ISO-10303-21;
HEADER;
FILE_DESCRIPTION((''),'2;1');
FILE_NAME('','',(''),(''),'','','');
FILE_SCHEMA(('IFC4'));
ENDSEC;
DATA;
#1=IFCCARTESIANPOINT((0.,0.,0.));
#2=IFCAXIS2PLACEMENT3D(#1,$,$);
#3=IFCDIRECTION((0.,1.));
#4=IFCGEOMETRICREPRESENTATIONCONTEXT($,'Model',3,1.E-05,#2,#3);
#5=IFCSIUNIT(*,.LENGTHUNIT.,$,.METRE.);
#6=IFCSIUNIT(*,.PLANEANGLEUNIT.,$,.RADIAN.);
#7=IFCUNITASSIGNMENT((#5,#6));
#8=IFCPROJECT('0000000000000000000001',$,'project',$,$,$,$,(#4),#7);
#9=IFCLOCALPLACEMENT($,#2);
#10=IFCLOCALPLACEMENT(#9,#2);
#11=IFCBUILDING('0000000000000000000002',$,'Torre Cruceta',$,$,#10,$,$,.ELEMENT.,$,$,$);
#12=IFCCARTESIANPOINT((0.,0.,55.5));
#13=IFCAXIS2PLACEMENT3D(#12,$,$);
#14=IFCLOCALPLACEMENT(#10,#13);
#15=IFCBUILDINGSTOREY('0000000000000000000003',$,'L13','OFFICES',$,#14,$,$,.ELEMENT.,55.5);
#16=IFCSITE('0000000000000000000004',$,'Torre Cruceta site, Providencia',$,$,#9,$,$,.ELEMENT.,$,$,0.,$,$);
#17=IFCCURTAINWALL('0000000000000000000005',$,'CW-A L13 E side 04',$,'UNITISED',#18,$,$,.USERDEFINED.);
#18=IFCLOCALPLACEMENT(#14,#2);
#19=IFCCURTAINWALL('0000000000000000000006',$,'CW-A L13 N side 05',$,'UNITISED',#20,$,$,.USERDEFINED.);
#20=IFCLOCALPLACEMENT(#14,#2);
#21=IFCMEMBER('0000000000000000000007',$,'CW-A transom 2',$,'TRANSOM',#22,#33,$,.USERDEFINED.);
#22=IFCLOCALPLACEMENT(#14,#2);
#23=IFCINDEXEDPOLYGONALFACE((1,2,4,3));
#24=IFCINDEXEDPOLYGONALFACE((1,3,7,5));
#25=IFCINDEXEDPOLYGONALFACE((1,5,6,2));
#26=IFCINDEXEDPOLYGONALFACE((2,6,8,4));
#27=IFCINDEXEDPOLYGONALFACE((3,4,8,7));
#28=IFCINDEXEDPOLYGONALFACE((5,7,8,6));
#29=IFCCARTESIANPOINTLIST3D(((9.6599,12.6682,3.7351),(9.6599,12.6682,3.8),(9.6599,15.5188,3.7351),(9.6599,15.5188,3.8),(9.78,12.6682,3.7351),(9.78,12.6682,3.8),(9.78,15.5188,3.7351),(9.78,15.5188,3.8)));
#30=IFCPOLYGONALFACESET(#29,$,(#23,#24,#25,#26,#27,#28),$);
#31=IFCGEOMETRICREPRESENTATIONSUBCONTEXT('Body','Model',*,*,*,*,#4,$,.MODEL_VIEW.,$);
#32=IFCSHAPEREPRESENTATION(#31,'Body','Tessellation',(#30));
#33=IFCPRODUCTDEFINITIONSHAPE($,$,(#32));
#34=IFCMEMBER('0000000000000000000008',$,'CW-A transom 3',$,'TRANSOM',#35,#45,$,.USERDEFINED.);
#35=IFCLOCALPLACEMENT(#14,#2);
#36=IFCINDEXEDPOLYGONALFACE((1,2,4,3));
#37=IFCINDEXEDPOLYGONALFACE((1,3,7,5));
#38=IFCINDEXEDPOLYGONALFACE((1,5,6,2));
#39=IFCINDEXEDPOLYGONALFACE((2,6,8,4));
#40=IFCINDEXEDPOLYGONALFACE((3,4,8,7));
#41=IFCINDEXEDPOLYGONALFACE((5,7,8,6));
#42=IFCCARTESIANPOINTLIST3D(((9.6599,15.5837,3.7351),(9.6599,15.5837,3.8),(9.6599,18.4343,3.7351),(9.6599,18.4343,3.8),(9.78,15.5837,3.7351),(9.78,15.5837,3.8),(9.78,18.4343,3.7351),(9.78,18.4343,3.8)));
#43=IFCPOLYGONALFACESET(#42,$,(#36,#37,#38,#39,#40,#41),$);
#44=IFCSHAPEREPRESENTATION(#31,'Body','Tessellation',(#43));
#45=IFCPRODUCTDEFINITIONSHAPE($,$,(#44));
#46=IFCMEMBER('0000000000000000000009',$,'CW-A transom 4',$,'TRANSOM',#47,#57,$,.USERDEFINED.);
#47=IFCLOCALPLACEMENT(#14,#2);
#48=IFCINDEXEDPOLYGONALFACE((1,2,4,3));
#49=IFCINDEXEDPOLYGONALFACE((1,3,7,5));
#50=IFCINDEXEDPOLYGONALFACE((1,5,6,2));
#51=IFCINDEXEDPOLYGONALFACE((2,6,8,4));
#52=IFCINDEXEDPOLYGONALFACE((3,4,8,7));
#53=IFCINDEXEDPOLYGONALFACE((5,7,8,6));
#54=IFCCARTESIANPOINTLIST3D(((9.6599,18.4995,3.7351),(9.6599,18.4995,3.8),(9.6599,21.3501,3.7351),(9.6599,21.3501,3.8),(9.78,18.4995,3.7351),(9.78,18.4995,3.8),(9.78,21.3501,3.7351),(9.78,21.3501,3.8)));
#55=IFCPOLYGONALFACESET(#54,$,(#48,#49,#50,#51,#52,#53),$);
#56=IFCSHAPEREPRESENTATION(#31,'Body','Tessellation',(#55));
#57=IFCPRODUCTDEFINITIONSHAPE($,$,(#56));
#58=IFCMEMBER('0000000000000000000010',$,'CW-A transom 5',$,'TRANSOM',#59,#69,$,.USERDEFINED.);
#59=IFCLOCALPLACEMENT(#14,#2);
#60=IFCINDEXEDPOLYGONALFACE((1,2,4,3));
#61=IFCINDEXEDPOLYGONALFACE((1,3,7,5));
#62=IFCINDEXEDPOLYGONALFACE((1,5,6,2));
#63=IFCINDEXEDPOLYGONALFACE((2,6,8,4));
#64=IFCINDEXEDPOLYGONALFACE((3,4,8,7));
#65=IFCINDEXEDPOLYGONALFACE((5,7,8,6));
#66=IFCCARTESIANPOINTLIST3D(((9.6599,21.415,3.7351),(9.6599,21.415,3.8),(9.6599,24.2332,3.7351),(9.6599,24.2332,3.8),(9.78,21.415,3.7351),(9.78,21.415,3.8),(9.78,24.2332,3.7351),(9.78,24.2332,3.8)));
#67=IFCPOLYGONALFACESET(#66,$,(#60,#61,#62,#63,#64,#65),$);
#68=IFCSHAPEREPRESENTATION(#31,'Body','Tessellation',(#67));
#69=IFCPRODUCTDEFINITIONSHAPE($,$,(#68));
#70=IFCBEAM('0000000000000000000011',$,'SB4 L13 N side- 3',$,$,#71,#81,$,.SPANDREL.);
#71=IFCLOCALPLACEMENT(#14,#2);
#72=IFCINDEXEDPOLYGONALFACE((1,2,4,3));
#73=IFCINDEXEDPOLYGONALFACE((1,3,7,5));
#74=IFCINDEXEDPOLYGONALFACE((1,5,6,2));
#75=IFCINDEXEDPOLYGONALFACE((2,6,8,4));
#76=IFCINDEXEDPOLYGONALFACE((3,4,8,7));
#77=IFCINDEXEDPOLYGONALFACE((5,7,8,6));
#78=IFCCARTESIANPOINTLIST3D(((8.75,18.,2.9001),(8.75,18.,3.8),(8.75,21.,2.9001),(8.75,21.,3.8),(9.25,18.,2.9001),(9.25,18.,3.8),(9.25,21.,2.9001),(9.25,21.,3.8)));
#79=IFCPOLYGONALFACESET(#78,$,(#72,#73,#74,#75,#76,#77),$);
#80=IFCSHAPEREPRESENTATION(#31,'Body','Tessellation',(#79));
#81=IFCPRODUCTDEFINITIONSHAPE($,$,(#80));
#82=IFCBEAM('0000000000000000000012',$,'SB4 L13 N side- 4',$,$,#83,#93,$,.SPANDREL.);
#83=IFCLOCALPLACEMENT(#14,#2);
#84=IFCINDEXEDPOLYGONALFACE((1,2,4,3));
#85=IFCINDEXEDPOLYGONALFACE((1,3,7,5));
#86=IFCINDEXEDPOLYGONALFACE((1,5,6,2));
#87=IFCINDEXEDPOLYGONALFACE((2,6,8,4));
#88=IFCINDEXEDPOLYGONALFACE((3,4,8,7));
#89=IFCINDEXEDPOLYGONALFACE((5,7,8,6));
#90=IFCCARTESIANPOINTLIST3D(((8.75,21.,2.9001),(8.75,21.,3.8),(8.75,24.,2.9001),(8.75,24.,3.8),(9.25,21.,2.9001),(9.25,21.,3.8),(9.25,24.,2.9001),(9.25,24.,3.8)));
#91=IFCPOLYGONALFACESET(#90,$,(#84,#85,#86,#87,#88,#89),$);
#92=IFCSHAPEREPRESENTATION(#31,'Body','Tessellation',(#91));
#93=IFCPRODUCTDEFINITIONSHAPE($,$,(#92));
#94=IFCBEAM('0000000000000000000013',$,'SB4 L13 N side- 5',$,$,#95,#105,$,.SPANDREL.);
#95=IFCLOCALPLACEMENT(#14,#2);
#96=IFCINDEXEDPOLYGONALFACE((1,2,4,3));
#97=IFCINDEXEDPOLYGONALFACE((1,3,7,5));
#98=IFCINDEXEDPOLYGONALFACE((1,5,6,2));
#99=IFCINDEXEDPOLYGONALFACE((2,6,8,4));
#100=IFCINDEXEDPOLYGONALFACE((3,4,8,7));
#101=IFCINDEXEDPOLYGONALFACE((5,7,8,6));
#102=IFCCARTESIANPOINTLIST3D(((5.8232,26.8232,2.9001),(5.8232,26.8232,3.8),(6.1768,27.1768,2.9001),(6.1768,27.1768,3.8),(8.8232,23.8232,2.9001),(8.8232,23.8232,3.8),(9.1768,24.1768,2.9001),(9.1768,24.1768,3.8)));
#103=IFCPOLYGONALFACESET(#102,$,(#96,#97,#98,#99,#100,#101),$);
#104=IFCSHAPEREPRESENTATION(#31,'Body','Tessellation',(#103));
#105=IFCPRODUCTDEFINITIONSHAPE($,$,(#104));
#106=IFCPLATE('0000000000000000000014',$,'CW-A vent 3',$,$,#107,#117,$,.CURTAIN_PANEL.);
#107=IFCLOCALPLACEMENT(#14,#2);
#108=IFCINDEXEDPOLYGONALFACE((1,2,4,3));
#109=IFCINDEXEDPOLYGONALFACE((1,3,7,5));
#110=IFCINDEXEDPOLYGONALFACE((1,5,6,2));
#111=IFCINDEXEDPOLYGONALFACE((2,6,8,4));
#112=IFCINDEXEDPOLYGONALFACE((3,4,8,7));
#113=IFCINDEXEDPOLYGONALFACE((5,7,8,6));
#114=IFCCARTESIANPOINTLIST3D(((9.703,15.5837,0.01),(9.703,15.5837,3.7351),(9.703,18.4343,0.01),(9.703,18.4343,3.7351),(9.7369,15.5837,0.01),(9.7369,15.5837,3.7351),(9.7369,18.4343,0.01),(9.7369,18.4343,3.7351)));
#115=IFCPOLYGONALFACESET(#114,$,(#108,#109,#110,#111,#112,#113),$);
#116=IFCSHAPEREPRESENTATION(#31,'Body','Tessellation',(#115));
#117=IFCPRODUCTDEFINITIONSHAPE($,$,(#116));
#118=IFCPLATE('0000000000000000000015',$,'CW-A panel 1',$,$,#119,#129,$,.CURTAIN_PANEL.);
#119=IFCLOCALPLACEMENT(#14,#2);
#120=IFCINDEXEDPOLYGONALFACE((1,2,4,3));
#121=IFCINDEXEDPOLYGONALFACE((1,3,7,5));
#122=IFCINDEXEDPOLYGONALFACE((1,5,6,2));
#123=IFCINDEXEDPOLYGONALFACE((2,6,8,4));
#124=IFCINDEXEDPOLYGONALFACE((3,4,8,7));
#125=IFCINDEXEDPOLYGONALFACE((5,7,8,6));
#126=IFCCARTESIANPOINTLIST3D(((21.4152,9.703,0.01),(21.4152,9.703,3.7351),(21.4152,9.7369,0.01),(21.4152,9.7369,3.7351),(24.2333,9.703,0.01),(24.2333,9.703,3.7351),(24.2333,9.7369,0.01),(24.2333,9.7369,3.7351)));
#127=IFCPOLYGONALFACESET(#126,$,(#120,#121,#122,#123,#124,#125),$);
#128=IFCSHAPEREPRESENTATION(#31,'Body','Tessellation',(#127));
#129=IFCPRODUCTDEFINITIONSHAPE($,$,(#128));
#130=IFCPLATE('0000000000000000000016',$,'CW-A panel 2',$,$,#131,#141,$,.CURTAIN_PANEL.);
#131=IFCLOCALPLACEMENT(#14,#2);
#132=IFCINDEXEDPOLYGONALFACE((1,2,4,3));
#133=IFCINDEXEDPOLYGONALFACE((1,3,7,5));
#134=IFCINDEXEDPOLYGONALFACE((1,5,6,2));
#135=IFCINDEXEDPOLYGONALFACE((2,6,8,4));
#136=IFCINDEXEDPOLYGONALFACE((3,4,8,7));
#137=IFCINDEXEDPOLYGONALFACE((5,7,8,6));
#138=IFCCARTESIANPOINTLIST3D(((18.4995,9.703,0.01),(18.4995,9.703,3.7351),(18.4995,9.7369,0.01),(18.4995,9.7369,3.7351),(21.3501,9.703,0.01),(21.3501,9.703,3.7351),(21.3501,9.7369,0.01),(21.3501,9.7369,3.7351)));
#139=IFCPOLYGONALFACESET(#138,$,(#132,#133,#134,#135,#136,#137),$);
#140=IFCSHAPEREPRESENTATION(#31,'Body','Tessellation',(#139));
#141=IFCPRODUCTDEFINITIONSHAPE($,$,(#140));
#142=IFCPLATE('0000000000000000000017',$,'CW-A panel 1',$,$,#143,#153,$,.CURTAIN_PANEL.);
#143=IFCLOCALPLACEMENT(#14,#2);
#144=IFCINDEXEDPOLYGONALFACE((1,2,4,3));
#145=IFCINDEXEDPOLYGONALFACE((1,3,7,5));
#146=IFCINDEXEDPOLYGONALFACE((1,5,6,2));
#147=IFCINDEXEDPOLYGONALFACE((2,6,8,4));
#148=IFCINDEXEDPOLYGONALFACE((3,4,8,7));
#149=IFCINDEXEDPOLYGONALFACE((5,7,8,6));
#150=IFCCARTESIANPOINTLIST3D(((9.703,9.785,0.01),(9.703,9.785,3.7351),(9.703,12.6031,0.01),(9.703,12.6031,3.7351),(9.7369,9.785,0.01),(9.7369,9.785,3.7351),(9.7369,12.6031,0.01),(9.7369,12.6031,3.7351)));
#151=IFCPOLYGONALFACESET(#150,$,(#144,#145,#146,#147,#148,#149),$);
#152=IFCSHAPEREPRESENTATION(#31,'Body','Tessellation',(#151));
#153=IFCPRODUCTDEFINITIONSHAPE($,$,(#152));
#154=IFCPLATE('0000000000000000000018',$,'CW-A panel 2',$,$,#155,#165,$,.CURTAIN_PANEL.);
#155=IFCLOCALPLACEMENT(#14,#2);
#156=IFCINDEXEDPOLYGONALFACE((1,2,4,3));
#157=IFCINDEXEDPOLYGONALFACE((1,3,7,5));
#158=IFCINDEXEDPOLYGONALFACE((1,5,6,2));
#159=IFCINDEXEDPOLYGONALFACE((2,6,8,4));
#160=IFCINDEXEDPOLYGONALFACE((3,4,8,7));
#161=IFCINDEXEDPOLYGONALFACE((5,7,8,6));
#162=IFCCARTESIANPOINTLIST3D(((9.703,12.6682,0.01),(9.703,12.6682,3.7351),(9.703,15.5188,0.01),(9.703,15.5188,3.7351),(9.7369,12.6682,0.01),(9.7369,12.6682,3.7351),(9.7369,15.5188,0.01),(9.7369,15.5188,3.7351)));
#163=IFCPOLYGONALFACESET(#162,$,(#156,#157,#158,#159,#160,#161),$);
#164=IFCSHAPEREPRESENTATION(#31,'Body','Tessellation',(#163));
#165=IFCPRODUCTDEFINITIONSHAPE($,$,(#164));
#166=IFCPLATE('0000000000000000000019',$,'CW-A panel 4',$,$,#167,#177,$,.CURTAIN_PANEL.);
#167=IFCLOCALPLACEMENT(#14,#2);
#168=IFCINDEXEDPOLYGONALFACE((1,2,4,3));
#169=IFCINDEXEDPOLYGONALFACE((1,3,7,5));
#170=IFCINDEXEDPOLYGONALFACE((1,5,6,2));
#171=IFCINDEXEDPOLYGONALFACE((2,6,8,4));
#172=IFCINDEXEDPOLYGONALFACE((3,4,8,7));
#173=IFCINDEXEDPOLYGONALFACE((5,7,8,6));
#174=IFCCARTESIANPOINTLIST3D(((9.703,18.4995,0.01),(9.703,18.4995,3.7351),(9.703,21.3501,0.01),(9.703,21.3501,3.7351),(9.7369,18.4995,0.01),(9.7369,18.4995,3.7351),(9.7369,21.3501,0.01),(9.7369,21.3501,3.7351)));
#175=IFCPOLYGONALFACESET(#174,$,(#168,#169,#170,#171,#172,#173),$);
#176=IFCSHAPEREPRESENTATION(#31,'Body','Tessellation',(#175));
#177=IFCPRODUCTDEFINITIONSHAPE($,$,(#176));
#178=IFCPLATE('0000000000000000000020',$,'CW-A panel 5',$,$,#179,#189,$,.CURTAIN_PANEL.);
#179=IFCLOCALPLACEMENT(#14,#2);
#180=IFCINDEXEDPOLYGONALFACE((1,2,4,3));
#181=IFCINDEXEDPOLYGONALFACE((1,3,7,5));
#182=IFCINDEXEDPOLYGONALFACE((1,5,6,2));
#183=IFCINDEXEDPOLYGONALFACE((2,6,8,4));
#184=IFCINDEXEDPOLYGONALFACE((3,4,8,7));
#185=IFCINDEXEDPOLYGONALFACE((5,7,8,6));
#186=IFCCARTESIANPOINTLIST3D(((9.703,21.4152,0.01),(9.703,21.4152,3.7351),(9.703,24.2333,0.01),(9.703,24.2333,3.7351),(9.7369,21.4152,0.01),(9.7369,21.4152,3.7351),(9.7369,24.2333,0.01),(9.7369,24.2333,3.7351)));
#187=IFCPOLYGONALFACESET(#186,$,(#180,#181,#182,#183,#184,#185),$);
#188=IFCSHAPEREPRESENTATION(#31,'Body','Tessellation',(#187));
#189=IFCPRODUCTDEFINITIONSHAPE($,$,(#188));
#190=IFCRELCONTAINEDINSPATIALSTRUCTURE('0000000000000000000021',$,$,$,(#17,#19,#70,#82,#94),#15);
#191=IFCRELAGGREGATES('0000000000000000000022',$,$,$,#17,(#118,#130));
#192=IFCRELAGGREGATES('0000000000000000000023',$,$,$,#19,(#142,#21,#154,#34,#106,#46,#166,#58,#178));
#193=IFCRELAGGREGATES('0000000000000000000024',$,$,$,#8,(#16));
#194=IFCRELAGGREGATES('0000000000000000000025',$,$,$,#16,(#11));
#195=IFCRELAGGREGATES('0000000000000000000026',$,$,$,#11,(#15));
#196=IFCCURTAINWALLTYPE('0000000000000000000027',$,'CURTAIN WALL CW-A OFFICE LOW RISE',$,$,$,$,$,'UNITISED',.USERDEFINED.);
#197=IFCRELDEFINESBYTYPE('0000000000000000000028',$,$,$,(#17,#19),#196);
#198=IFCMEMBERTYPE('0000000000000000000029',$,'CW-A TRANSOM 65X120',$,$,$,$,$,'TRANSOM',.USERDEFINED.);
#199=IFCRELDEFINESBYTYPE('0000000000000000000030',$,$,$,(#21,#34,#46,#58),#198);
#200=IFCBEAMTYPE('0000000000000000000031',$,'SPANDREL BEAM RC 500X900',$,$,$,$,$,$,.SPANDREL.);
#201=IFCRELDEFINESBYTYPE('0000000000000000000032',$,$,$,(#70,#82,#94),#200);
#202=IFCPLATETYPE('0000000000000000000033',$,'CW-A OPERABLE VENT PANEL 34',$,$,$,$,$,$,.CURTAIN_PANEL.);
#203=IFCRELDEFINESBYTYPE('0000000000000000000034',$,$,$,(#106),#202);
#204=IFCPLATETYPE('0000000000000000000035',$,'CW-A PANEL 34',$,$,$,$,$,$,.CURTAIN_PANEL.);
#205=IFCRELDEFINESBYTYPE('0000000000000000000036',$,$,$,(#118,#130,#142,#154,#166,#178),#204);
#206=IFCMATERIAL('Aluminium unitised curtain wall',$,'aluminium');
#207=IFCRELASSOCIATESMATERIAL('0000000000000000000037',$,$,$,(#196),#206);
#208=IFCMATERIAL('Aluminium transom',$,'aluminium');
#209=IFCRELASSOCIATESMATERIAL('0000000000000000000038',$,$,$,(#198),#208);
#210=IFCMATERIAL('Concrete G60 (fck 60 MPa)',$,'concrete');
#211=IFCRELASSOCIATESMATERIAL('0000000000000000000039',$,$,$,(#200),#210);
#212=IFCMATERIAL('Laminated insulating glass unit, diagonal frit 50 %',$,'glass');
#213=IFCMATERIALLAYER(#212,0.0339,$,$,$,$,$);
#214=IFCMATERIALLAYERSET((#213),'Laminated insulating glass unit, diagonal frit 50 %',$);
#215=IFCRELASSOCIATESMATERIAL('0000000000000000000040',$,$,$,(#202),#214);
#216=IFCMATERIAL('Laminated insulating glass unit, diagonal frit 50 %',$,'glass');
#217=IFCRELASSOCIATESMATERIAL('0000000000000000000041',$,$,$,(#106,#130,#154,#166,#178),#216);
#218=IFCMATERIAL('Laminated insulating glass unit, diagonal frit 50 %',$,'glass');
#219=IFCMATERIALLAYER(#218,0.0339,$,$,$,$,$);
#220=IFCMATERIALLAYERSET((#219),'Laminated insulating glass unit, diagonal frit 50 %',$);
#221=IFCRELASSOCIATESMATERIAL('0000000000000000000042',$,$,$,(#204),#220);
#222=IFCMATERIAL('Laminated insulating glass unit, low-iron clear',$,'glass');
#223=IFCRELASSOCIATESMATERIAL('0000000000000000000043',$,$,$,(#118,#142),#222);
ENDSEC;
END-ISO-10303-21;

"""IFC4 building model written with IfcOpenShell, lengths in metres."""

from ifc_helpers import new_model, si_unit, direction, frame, origin, origin_2d, place, context, subcontext, project, spatial, rectangle, extrude, material, layer, layer_set, material_profile, profile_set, type_object, element, aggregate, save


model = new_model("IFC4")

# Units and contexts
model_context = context("Model", 3, precision=1e-05, world=origin(), true_north=direction((0.0, 1.0)))
body_context = subcontext(model_context, "Body", "Model", "MODEL_VIEW")
ifc_project = project(units=[si_unit("LENGTHUNIT", "METRE"), si_unit("PLANEANGLEUNIT", "RADIAN")], contexts=[model_context])

# Site, building, storey
site_placement = place(None, origin())
site = spatial("IfcSite", under=ifc_project, at=site_placement, Name="Torre Cruceta site, Providencia", CompositionType="ELEMENT", RefElevation=0.0)
building_placement = place(site_placement, origin())
building = spatial("IfcBuilding", under=site, at=building_placement, Name="Torre Cruceta", CompositionType="ELEMENT")
storey_placement = place(building_placement, frame((0.0, 0.0, 55.5)))
storey = spatial("IfcBuildingStorey", under=building, at=storey_placement, Name="L13", Description="OFFICES", CompositionType="ELEMENT", Elevation=55.5)

# Curtain walls
ifc_material_1 = material(Name="Aluminium unitised curtain wall", Category="aluminium")
curtain_wall_type = type_object("IfcCurtainWallType", Name="CURTAIN WALL CW-A OFFICE LOW RISE", ElementType="UNITISED", PredefinedType="USERDEFINED", material=ifc_material_1)
curtain_wall_1_placement = place(storey_placement, origin())
curtain_wall_1 = element("IfcCurtainWall", 1, at=curtain_wall_1_placement, inside=storey, type_object=curtain_wall_type, Name="CW-A L13 E side 04", ObjectType="UNITISED", PredefinedType="USERDEFINED")
curtain_wall_2_placement = place(storey_placement, origin())
curtain_wall_2 = element("IfcCurtainWall", 2, at=curtain_wall_2_placement, inside=storey, type_object=curtain_wall_type, Name="CW-A L13 N side 05", ObjectType="UNITISED", PredefinedType="USERDEFINED")

# Members
ifc_material_2 = material(Name="Aluminium transom", Category="aluminium")
ifc_material_profile_1 = material_profile(ifc_material_2, rectangle(XDim=0.1201, YDim=0.0649, at=origin_2d()), Name="AL 120X65")
ifc_profile_set_1 = profile_set([ifc_material_profile_1], Name="Aluminium transom")
member_type_1 = type_object("IfcMemberType", Name="CW-A TRANSOM 65X120", ElementType="TRANSOM", PredefinedType="USERDEFINED", material=ifc_profile_set_1)
member_1_placement = place(storey_placement, frame((9.72, 12.6682, 3.7676), z_axis=(0.0, 1.0, 0.0), x_axis=(-1.0, 0.0, 0.0)))
member_1 = element("IfcMember", 3, at=member_1_placement, type_object=member_type_1, Name="CW-A transom 2", ObjectType="TRANSOM", PredefinedType="USERDEFINED", context=body_context, shape_type="SweptSolid", body=[
    extrude(rectangle(XDim=0.1201, YDim=0.0649, at=origin_2d()), origin(), (0.0, 0.0, 1.0), 2.8506),
])
member_2_placement = place(storey_placement, frame((9.72, 15.5837, 3.7676), z_axis=(0.0, 1.0, 0.0), x_axis=(-1.0, 0.0, 0.0)))
member_2 = element("IfcMember", 4, at=member_2_placement, type_object=member_type_1, Name="CW-A transom 3", ObjectType="TRANSOM", PredefinedType="USERDEFINED", context=body_context, shape_type="SweptSolid", body=[
    extrude(rectangle(XDim=0.1201, YDim=0.0649, at=origin_2d()), origin(), (0.0, 0.0, 1.0), 2.8506),
])
member_3_placement = place(storey_placement, frame((9.72, 18.4995, 3.7676), z_axis=(0.0, 1.0, 0.0), x_axis=(-1.0, 0.0, 0.0)))
member_3 = element("IfcMember", 5, at=member_3_placement, type_object=member_type_1, Name="CW-A transom 4", ObjectType="TRANSOM", PredefinedType="USERDEFINED", context=body_context, shape_type="SweptSolid", body=[
    extrude(rectangle(XDim=0.1201, YDim=0.0649, at=origin_2d()), origin(), (0.0, 0.0, 1.0), 2.8506),
])
member_4_placement = place(storey_placement, frame((9.72, 21.415, 3.7676), z_axis=(0.0, 1.0, 0.0), x_axis=(-1.0, 0.0, 0.0)))
member_4 = element("IfcMember", 6, at=member_4_placement, type_object=member_type_1, Name="CW-A transom 5", ObjectType="TRANSOM", PredefinedType="USERDEFINED", context=body_context, shape_type="SweptSolid", body=[
    extrude(rectangle(XDim=0.1201, YDim=0.0649, at=origin_2d()), origin(), (0.0, 0.0, 1.0), 2.8181),
])

# Beams
ifc_material_3 = material(Name="Concrete G60 (fck 60 MPa)", Category="concrete")
ifc_material_profile_2 = material_profile(ifc_material_3, rectangle(XDim=0.5, YDim=0.8999, at=origin_2d()), Name="RC 500X900")
ifc_profile_set_2 = profile_set([ifc_material_profile_2], Name="Concrete G60 (fck 60 MPa)")
beam_type_1 = type_object("IfcBeamType", Name="SPANDREL BEAM RC 500X900", PredefinedType="SPANDREL", material=ifc_profile_set_2)
for number, where, z_axis, x_axis, name in (
    (7, (9.0, 18.0, 3.3501), (0.0, 1.0, 0.0), (-1.0, 0.0, 0.0), "SB4 L13 N side- 3"),
    (8, (9.0, 21.0, 3.3501), (0.0, 1.0, 0.0), (-1.0, 0.0, 0.0), "SB4 L13 N side- 4"),
):
    element("IfcBeam", number, at=place(storey_placement, frame(where, z_axis=z_axis, x_axis=x_axis)), inside=storey, type_object=beam_type_1, Name=name, PredefinedType="SPANDREL", context=body_context, shape_type="SweptSolid", body=[
        extrude(rectangle(XDim=0.5, YDim=0.8999, at=origin_2d()), origin(), (0.0, 0.0, 1.0), 3.0),
    ])
beam_placement = place(storey_placement, frame((9.0, 24.0, 3.3501), z_axis=(-0.707107, 0.707107, 0.0), x_axis=(-0.707107, -0.707107, 0.0)))
element("IfcBeam", 9, at=beam_placement, inside=storey, type_object=beam_type_1, Name="SB4 L13 N side- 5", PredefinedType="SPANDREL", context=body_context, shape_type="SweptSolid", body=[
    extrude(rectangle(XDim=0.5, YDim=0.8999, at=origin_2d()), origin(), (0.0, 0.0, 1.0), 4.2427),
])

# Plates
ifc_material_4 = material(Name="Laminated insulating glass unit, diagonal frit 50 %", Category="glass")
ifc_material_5 = material(Name="Laminated insulating glass unit, diagonal frit 50 %", Category="glass")
ifc_layer_1 = layer(ifc_material_5, 0.0339)
ifc_layer_set_1 = layer_set([ifc_layer_1], Name="Laminated insulating glass unit, diagonal frit 50 %")
plate_type_1 = type_object("IfcPlateType", Name="CW-A OPERABLE VENT PANEL 34", PredefinedType="CURTAIN_PANEL", material=ifc_layer_set_1)
plate_1_placement = place(storey_placement, frame((9.72, 17.009, 0.01), z_axis=(0.0, 0.0, 1.0), x_axis=(0.0, 1.0, 0.0)))
plate_1 = element("IfcPlate", 10, at=plate_1_placement, type_object=plate_type_1, material=ifc_material_4, Name="CW-A vent 3", PredefinedType="CURTAIN_PANEL", context=body_context, shape_type="SweptSolid", body=[
    extrude(rectangle(XDim=2.8506, YDim=0.0339, at=origin_2d()), origin(), (0.0, 0.0, 1.0), 3.7251),
])
ifc_material_6 = material(Name="Laminated insulating glass unit, low-iron clear", Category="glass")
ifc_material_7 = material(Name="Laminated insulating glass unit, diagonal frit 50 %", Category="glass")
ifc_layer_2 = layer(ifc_material_7, 0.0339)
ifc_layer_set_2 = layer_set([ifc_layer_2], Name="Laminated insulating glass unit, diagonal frit 50 %")
plate_type_2 = type_object("IfcPlateType", Name="CW-A PANEL 34", PredefinedType="CURTAIN_PANEL", material=ifc_layer_set_2)
plate_2_placement = place(storey_placement, frame((22.8242, 9.72, 0.01), z_axis=(0.0, 0.0, 1.0), x_axis=(-1.0, 0.0, 0.0)))
plate_2 = element("IfcPlate", 11, at=plate_2_placement, type_object=plate_type_2, material=ifc_material_6, Name="CW-A panel 1", PredefinedType="CURTAIN_PANEL", context=body_context, shape_type="SweptSolid", body=[
    extrude(rectangle(XDim=2.8181, YDim=0.0339, at=origin_2d()), origin(), (0.0, 0.0, 1.0), 3.7251),
])
plate_3_placement = place(storey_placement, frame((19.9248, 9.72, 0.01), z_axis=(0.0, 0.0, 1.0), x_axis=(-1.0, 0.0, 0.0)))
plate_3 = element("IfcPlate", 12, at=plate_3_placement, type_object=plate_type_2, material=ifc_material_4, Name="CW-A panel 2", PredefinedType="CURTAIN_PANEL", context=body_context, shape_type="SweptSolid", body=[
    extrude(rectangle(XDim=2.8506, YDim=0.0339, at=origin_2d()), origin(), (0.0, 0.0, 1.0), 3.7251),
])
aggregate(curtain_wall_1, [plate_2, plate_3])
plate_4_placement = place(storey_placement, frame((9.72, 11.1941, 0.01), z_axis=(0.0, 0.0, 1.0), x_axis=(0.0, 1.0, 0.0)))
plate_4 = element("IfcPlate", 13, at=plate_4_placement, type_object=plate_type_2, material=ifc_material_6, Name="CW-A panel 1", PredefinedType="CURTAIN_PANEL", context=body_context, shape_type="SweptSolid", body=[
    extrude(rectangle(XDim=2.8181, YDim=0.0339, at=origin_2d()), origin(), (0.0, 0.0, 1.0), 3.7251),
])
plate_5_placement = place(storey_placement, frame((9.72, 14.0935, 0.01), z_axis=(0.0, 0.0, 1.0), x_axis=(0.0, 1.0, 0.0)))
plate_5 = element("IfcPlate", 14, at=plate_5_placement, type_object=plate_type_2, material=ifc_material_4, Name="CW-A panel 2", PredefinedType="CURTAIN_PANEL", context=body_context, shape_type="SweptSolid", body=[
    extrude(rectangle(XDim=2.8506, YDim=0.0339, at=origin_2d()), origin(), (0.0, 0.0, 1.0), 3.7251),
])
plate_6_placement = place(storey_placement, frame((9.72, 19.9248, 0.01), z_axis=(0.0, 0.0, 1.0), x_axis=(0.0, 1.0, 0.0)))
plate_6 = element("IfcPlate", 15, at=plate_6_placement, type_object=plate_type_2, material=ifc_material_4, Name="CW-A panel 4", PredefinedType="CURTAIN_PANEL", context=body_context, shape_type="SweptSolid", body=[
    extrude(rectangle(XDim=2.8506, YDim=0.0339, at=origin_2d()), origin(), (0.0, 0.0, 1.0), 3.7251),
])
plate_7_placement = place(storey_placement, frame((9.72, 22.8242, 0.01), z_axis=(0.0, 0.0, 1.0), x_axis=(0.0, 1.0, 0.0)))
plate_7 = element("IfcPlate", 16, at=plate_7_placement, type_object=plate_type_2, material=ifc_material_4, Name="CW-A panel 5", PredefinedType="CURTAIN_PANEL", context=body_context, shape_type="SweptSolid", body=[
    extrude(rectangle(XDim=2.8181, YDim=0.0339, at=origin_2d()), origin(), (0.0, 0.0, 1.0), 3.7251),
])
aggregate(curtain_wall_2, [plate_4, member_1, plate_5, member_2, plate_1, member_3, plate_6, member_4, plate_7])

save(model, "model.ifc")
